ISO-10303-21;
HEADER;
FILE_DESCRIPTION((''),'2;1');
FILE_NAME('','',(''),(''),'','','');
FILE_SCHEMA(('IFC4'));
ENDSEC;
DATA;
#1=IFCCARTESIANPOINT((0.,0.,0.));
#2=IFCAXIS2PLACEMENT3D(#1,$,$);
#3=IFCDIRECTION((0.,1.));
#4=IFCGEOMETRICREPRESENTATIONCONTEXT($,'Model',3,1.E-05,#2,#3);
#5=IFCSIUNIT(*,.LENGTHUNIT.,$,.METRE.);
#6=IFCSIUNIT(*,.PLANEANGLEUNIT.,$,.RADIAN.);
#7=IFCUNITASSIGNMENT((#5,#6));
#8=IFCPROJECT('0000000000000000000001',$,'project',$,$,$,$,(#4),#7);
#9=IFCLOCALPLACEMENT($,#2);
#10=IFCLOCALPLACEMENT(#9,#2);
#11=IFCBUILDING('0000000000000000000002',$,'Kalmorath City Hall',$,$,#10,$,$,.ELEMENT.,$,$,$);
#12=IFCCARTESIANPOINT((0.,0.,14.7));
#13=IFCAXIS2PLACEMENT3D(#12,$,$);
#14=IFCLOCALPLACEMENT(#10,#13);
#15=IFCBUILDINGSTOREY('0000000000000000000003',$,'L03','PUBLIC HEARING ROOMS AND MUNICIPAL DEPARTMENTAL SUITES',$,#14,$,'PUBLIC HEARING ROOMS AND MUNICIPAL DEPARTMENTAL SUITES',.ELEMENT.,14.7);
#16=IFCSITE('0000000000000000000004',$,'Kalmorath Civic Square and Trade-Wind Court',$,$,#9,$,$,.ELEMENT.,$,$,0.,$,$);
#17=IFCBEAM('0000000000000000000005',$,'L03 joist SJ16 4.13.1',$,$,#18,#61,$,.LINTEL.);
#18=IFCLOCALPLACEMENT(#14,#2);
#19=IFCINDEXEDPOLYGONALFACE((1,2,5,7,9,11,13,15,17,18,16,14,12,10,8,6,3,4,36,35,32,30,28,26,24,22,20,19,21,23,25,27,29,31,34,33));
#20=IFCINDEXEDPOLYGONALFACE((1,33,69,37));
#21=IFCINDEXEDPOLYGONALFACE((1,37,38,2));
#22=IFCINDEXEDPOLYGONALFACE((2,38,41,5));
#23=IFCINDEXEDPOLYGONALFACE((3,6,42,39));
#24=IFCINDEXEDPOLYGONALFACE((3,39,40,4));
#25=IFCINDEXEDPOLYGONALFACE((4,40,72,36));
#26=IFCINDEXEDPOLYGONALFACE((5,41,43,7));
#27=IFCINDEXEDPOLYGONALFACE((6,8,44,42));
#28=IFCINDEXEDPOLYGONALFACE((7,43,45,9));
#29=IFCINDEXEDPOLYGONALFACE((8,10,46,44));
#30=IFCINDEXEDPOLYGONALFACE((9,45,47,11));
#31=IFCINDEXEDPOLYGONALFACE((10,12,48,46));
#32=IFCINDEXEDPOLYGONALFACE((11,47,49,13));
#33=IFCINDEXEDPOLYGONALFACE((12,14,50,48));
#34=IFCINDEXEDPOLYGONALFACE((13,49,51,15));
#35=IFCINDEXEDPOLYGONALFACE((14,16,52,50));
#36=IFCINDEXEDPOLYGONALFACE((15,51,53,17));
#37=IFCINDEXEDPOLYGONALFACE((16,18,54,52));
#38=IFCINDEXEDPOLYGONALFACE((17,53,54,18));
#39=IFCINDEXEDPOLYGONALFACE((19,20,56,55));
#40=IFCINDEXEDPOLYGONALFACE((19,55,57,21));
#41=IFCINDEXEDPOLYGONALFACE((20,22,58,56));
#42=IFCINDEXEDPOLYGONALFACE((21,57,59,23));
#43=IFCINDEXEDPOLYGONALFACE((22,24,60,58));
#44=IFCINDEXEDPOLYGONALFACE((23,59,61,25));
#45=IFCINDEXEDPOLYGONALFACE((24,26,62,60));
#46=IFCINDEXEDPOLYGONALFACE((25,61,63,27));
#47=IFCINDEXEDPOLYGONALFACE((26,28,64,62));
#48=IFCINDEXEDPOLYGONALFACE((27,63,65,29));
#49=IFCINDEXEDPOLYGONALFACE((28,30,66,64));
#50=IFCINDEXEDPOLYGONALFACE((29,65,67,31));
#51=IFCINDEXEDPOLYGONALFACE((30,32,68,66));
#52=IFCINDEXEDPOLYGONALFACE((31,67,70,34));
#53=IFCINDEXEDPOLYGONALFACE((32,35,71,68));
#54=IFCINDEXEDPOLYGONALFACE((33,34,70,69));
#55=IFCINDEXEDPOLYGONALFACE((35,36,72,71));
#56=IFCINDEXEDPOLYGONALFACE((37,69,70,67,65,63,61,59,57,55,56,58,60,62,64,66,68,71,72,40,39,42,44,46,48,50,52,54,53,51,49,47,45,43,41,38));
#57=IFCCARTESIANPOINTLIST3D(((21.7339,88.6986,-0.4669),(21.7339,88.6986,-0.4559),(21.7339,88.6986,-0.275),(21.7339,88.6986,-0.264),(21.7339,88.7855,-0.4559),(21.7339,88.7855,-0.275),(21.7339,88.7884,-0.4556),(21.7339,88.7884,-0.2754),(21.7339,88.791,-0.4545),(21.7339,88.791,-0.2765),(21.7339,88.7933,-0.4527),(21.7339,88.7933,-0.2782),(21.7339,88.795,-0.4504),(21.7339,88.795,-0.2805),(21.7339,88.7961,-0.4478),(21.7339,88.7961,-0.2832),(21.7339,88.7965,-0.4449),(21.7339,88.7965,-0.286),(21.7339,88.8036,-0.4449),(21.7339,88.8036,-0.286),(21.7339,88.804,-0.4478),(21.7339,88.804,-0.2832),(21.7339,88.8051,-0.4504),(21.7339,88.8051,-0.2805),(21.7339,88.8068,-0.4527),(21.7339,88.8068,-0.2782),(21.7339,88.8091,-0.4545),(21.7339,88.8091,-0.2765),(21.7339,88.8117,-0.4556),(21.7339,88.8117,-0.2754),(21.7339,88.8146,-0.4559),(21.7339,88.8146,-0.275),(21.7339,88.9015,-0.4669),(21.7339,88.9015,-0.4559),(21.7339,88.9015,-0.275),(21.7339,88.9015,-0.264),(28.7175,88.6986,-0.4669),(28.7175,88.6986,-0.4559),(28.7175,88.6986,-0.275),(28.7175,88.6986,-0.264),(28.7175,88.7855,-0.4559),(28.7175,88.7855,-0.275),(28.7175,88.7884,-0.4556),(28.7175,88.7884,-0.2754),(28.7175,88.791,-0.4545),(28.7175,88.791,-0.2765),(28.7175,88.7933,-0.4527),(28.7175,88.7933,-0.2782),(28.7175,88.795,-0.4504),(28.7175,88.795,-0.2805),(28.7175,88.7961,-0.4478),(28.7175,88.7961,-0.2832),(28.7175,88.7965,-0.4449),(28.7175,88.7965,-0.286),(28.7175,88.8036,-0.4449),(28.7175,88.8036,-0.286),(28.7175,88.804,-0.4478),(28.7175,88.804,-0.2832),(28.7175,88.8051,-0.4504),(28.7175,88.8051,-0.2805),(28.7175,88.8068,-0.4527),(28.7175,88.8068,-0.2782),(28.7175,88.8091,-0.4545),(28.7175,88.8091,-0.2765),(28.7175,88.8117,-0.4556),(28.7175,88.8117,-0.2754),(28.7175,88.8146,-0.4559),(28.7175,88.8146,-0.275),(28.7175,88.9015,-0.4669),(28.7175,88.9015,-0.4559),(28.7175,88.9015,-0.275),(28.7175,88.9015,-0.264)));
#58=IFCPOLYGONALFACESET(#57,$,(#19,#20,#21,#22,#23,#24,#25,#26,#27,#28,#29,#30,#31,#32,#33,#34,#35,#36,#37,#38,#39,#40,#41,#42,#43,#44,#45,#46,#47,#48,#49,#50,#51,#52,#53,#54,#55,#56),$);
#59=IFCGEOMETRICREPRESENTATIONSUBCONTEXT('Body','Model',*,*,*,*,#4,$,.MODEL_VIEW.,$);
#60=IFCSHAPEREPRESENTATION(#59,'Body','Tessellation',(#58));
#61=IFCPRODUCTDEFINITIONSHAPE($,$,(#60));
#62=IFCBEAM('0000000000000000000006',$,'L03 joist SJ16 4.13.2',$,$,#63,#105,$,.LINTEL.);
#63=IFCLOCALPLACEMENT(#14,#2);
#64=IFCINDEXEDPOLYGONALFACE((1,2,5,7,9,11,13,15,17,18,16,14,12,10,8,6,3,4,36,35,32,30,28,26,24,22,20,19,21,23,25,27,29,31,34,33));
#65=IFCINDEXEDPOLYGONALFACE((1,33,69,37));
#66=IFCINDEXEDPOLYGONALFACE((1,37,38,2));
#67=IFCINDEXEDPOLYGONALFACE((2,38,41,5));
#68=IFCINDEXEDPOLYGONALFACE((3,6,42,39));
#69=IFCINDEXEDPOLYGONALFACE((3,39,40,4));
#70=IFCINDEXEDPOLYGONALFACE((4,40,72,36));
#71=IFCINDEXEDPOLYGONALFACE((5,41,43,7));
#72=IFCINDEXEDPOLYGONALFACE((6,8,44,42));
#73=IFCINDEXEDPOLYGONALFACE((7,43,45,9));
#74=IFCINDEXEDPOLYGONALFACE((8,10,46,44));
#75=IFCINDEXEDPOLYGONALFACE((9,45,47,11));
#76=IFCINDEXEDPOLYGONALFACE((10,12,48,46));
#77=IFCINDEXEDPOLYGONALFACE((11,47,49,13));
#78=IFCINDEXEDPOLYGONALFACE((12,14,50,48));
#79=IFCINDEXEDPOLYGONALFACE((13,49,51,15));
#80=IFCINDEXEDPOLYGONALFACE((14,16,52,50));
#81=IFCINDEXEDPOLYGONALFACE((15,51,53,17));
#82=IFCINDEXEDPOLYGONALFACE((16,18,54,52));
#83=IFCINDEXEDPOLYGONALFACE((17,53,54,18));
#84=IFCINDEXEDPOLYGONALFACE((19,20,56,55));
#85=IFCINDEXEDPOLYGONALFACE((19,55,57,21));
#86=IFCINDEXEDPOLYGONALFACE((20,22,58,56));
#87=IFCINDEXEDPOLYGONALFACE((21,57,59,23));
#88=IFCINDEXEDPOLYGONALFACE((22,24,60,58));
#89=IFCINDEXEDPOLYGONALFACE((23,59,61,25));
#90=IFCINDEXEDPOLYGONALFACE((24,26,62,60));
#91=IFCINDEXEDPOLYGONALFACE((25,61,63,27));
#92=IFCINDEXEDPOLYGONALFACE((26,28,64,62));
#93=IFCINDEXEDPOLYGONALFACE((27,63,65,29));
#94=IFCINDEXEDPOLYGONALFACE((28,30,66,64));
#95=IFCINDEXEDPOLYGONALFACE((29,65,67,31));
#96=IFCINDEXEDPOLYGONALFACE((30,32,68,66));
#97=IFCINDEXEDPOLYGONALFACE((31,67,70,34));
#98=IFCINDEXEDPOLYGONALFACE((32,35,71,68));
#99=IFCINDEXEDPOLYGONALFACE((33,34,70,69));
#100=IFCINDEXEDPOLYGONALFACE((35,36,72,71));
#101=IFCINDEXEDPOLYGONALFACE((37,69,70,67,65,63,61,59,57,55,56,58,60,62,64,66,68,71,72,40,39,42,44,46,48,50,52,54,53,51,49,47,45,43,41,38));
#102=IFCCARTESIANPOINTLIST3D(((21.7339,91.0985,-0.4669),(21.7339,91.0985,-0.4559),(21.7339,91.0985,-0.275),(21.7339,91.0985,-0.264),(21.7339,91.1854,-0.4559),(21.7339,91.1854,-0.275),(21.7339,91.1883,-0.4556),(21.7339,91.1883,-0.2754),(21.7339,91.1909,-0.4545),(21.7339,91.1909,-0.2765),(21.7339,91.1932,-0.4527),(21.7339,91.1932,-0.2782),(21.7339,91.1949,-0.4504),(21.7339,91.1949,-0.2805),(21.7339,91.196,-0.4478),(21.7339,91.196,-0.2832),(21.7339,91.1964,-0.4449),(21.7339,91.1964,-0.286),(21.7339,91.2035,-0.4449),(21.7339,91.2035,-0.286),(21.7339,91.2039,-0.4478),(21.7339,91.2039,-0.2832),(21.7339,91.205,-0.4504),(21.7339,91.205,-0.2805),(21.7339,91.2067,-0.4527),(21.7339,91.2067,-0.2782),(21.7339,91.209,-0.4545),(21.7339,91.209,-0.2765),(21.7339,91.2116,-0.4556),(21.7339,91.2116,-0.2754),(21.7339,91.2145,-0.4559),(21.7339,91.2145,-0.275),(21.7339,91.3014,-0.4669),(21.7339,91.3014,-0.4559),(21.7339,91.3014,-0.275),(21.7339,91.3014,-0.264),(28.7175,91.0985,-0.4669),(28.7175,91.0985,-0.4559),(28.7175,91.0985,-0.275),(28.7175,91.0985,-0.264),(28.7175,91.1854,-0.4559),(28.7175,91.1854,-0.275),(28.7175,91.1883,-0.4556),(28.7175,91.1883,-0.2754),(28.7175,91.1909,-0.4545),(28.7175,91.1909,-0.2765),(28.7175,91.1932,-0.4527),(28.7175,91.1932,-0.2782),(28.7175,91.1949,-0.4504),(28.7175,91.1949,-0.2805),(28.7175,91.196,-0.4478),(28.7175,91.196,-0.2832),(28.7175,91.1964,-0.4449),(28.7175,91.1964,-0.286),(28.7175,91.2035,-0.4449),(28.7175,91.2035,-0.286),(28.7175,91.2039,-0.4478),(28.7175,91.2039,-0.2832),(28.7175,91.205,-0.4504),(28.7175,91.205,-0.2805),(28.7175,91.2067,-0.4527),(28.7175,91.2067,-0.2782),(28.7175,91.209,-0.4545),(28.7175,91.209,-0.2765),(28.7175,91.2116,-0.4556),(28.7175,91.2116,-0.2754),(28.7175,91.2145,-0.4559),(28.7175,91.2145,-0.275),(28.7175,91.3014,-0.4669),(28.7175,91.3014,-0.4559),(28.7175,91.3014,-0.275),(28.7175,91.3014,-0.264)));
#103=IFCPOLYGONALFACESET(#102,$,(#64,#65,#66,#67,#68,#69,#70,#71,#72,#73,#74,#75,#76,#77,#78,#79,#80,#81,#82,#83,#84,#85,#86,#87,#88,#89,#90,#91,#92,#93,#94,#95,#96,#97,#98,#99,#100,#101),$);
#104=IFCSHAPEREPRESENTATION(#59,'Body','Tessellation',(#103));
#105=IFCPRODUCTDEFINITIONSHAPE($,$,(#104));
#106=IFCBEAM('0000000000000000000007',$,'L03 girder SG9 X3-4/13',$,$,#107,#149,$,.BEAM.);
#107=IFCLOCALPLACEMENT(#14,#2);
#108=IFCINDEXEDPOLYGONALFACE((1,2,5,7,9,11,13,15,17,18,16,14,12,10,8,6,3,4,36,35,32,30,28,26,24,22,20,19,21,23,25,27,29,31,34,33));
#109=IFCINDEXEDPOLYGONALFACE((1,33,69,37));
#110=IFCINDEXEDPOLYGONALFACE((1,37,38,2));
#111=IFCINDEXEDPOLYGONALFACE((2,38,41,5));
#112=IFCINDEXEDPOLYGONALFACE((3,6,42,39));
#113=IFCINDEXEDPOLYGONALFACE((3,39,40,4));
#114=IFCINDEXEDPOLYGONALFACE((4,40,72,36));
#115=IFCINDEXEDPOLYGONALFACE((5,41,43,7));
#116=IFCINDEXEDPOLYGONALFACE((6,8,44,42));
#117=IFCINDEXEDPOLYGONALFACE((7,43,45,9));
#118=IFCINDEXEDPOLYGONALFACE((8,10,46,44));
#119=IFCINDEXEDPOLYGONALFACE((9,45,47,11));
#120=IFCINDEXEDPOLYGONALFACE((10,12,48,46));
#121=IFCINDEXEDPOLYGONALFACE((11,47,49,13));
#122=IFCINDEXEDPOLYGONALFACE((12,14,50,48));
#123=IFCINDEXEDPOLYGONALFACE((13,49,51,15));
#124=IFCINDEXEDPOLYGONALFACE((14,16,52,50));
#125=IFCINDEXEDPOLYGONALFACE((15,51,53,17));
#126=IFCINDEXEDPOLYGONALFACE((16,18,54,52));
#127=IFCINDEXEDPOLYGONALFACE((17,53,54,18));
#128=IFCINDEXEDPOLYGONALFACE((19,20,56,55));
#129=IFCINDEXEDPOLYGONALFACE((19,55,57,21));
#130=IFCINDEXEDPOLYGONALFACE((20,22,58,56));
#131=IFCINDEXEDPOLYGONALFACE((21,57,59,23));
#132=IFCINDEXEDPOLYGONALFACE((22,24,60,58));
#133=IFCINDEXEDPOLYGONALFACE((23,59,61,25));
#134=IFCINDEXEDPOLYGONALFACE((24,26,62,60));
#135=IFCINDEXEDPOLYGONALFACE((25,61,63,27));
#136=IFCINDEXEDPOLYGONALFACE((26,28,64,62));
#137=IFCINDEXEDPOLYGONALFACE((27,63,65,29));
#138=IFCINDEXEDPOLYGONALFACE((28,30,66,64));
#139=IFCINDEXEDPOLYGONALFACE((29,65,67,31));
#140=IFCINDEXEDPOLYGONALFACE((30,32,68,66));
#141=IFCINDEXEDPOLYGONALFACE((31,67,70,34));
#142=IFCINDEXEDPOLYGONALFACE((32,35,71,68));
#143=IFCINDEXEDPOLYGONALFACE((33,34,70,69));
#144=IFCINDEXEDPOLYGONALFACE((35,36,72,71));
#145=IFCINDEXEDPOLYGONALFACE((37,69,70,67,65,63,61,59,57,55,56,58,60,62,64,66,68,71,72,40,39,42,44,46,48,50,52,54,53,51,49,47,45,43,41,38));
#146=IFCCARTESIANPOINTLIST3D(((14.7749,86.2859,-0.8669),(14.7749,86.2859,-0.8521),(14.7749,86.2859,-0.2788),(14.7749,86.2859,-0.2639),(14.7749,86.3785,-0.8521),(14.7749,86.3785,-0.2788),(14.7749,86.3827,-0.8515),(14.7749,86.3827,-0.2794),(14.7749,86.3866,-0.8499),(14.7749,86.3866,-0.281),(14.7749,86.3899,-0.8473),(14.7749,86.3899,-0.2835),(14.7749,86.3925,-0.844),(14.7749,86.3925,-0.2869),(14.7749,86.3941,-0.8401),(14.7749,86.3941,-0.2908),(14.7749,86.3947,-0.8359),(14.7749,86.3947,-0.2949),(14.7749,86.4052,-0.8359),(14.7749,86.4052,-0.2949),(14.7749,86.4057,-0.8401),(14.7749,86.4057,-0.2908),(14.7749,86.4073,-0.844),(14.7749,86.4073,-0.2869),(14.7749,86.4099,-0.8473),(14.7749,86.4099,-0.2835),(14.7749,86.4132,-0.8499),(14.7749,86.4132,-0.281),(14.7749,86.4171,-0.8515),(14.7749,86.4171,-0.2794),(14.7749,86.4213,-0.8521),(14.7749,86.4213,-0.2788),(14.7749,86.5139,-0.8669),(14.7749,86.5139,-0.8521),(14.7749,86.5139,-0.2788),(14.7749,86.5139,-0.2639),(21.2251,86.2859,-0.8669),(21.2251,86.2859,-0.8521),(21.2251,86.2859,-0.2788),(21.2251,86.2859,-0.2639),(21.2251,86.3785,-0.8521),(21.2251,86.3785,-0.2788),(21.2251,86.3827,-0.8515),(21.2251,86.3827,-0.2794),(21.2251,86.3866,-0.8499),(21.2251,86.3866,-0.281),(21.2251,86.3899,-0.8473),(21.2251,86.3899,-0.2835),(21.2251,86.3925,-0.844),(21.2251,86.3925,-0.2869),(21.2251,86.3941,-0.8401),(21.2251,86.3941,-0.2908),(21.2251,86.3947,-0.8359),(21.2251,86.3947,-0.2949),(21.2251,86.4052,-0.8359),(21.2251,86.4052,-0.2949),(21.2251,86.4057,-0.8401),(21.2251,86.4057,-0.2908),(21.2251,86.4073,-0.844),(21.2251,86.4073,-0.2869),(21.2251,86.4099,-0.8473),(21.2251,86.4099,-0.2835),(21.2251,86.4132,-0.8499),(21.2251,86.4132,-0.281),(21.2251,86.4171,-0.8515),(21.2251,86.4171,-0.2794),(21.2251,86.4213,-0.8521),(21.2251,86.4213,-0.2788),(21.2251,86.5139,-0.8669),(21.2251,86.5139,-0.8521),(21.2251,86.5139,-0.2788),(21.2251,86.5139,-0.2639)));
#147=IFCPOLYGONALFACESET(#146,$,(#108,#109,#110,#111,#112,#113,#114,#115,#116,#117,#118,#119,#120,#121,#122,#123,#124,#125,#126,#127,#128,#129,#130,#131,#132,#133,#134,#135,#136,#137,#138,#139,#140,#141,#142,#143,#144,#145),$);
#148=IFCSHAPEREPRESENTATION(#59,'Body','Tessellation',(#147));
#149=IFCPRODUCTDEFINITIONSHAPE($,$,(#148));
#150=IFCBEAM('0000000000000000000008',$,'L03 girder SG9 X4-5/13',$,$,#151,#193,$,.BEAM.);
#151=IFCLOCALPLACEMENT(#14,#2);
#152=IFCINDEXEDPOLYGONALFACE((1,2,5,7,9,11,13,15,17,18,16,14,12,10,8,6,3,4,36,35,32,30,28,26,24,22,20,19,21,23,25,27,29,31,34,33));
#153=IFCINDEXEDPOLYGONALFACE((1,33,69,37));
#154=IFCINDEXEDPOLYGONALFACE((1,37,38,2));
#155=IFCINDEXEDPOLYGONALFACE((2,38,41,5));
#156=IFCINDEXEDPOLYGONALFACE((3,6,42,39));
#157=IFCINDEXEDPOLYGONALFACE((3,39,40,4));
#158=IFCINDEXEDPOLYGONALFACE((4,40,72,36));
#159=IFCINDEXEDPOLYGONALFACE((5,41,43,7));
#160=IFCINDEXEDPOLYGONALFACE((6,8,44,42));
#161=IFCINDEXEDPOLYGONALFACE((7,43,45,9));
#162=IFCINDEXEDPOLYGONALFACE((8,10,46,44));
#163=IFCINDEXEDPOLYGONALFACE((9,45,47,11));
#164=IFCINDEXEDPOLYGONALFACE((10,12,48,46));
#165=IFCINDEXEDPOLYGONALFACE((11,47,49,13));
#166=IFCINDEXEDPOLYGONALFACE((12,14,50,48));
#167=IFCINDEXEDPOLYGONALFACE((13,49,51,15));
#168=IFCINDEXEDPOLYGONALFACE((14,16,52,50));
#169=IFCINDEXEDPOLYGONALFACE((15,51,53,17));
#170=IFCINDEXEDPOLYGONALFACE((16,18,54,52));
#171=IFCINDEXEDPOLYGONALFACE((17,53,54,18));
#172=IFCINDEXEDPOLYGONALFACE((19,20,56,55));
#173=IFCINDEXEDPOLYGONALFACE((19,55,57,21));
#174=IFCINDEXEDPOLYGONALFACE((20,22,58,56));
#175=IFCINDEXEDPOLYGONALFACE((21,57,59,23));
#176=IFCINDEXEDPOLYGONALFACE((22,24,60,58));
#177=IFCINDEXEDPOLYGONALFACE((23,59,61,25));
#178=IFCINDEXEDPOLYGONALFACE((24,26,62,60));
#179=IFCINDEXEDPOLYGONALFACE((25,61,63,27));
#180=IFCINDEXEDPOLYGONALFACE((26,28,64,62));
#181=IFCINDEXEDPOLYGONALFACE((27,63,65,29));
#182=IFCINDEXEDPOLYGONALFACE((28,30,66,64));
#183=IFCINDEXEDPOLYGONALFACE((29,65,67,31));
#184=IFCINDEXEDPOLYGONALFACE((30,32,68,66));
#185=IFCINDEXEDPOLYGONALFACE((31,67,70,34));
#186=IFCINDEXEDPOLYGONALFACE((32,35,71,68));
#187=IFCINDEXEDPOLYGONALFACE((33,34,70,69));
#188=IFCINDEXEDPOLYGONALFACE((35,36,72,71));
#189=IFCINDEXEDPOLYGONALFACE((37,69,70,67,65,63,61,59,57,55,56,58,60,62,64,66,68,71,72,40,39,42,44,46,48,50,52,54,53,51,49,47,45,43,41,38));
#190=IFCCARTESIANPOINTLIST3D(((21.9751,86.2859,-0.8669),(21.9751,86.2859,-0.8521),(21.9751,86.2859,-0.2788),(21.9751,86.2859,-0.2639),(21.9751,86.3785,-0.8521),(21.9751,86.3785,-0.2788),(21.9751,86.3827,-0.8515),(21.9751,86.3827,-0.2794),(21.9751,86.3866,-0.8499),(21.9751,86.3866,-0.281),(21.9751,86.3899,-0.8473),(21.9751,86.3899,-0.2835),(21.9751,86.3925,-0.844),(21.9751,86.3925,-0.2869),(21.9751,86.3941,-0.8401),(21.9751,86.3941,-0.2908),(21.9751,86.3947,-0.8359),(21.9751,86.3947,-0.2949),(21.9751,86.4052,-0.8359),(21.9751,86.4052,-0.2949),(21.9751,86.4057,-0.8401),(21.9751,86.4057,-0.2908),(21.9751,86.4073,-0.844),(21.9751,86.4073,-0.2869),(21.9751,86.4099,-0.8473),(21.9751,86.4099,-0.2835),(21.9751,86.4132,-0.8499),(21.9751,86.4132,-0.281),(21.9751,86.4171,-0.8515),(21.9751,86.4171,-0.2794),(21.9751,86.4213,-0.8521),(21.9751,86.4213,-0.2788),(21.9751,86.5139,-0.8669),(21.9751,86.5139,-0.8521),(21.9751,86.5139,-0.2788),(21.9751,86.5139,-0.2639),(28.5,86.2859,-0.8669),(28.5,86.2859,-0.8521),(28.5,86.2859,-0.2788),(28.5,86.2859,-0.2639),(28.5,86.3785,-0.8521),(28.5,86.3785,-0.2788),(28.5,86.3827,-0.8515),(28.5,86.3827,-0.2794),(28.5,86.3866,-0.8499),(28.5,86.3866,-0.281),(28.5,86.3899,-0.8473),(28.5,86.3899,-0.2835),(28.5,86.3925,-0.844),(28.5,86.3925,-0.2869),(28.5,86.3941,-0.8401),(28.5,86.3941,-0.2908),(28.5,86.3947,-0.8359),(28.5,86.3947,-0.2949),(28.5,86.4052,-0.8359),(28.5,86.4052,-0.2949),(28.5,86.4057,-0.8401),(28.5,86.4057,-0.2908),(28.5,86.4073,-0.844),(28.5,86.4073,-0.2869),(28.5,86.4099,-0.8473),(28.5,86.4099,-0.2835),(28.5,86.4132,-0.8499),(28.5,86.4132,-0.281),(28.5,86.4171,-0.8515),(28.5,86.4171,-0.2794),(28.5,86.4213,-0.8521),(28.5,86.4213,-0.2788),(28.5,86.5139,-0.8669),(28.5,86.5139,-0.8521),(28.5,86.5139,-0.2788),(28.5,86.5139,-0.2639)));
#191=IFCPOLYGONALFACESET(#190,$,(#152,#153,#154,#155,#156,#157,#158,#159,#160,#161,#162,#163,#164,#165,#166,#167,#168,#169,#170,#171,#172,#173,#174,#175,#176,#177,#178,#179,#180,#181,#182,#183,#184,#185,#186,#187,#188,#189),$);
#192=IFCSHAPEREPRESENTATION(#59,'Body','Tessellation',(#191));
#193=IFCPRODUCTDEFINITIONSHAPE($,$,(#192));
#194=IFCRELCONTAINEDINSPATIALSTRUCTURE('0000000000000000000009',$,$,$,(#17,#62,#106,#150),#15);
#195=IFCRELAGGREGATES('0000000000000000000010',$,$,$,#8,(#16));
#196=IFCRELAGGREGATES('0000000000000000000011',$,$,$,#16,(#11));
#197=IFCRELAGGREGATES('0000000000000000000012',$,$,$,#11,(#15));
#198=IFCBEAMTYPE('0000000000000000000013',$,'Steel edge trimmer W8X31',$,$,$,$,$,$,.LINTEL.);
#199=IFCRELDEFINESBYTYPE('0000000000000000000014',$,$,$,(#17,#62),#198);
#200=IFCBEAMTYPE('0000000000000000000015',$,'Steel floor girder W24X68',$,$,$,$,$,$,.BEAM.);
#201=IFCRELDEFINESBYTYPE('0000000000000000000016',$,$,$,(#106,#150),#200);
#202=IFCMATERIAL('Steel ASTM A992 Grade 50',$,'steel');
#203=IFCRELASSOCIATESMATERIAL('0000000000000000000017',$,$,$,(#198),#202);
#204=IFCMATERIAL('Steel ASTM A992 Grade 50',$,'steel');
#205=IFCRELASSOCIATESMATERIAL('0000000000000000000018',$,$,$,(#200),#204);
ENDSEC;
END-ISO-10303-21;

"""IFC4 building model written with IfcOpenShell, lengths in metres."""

from ifc_helpers import new_model, si_unit, direction, frame, origin, origin_2d, place, context, subcontext, project, spatial, i_section, extrude, material, material_profile, profile_set, type_object, element, save


model = new_model("IFC4")

# Units and contexts
model_context = context("Model", 3, precision=1e-05, world=origin(), true_north=direction((0.0, 1.0)))
body_context = subcontext(model_context, "Body", "Model", "MODEL_VIEW")
ifc_project = project(units=[si_unit("LENGTHUNIT", "METRE"), si_unit("PLANEANGLEUNIT", "RADIAN")], contexts=[model_context])

# Site, building, storey
site_placement = place(None, origin())
site = spatial("IfcSite", under=ifc_project, at=site_placement, Name="Kalmorath Civic Square and Trade-Wind Court", CompositionType="ELEMENT", RefElevation=0.0)
building_placement = place(site_placement, origin())
building = spatial("IfcBuilding", under=site, at=building_placement, Name="Kalmorath City Hall", CompositionType="ELEMENT")
storey_placement = place(building_placement, frame((0.0, 0.0, 14.7)))
storey = spatial("IfcBuildingStorey", under=building, at=storey_placement, Name="L03", Description="PUBLIC HEARING ROOMS AND MUNICIPAL DEPARTMENTAL SUITES", LongName="PUBLIC HEARING ROOMS AND MUNICIPAL DEPARTMENTAL SUITES", CompositionType="ELEMENT", Elevation=14.7)

# Beams
ifc_material_1 = material(Name="Steel ASTM A992 Grade 50", Category="steel")
ifc_material_profile_1 = material_profile(ifc_material_1, i_section(OverallWidth=0.2029, OverallDepth=0.2029, WebThickness=0.0071, FlangeThickness=0.011, FilletRadius=0.011, at=origin_2d()), Name="W8X31")
ifc_profile_set_1 = profile_set([ifc_material_profile_1], Name="Steel ASTM A992 Grade 50")
beam_type_1 = type_object("IfcBeamType", Name="Steel edge trimmer W8X31", PredefinedType="LINTEL", material=ifc_profile_set_1)
for number, where, z_axis, x_axis, name in (
    (1, (21.7339, 88.8, -0.3655), (1.0, 0.0, 0.0), (0.0, 1.0, 0.0), "L03 joist SJ16 4.13.1"),
    (2, (21.7339, 91.2, -0.3655), (1.0, 0.0, 0.0), (0.0, 1.0, 0.0), "L03 joist SJ16 4.13.2"),
):
    element("IfcBeam", number, at=place(storey_placement, frame(where, z_axis=z_axis, x_axis=x_axis)), inside=storey, type_object=beam_type_1, Name=name, PredefinedType="LINTEL", context=body_context, shape_type="SweptSolid", body=[
        extrude(i_section(OverallWidth=0.2029, OverallDepth=0.2029, WebThickness=0.0071, FlangeThickness=0.011, FilletRadius=0.011, at=origin_2d()), origin(), (0.0, 0.0, 1.0), 6.9836),
    ])
ifc_material_2 = material(Name="Steel ASTM A992 Grade 50", Category="steel")
ifc_material_profile_2 = material_profile(ifc_material_2, i_section(OverallWidth=0.228, OverallDepth=0.603, WebThickness=0.0105, FlangeThickness=0.0149, FilletRadius=0.0161, at=origin_2d()), Name="W24X68")
ifc_profile_set_2 = profile_set([ifc_material_profile_2], Name="Steel ASTM A992 Grade 50")
beam_type_2 = type_object("IfcBeamType", Name="Steel floor girder W24X68", PredefinedType="BEAM", material=ifc_profile_set_2)
beam_1_placement = place(storey_placement, frame((14.7749, 86.3999, -0.5654), z_axis=(1.0, 0.0, 0.0), x_axis=(0.0, 1.0, 0.0)))
element("IfcBeam", 3, at=beam_1_placement, inside=storey, type_object=beam_type_2, Name="L03 girder SG9 X3-4/13", PredefinedType="BEAM", context=body_context, shape_type="SweptSolid", body=[
    extrude(i_section(OverallWidth=0.228, OverallDepth=0.603, WebThickness=0.0105, FlangeThickness=0.0149, FilletRadius=0.0161, at=origin_2d()), origin(), (0.0, 0.0, 1.0), 6.4502),
])
beam_2_placement = place(storey_placement, frame((21.9751, 86.3999, -0.5654), z_axis=(1.0, 0.0, 0.0), x_axis=(0.0, 1.0, 0.0)))
element("IfcBeam", 4, at=beam_2_placement, inside=storey, type_object=beam_type_2, Name="L03 girder SG9 X4-5/13", PredefinedType="BEAM", context=body_context, shape_type="SweptSolid", body=[
    extrude(i_section(OverallWidth=0.228, OverallDepth=0.603, WebThickness=0.0105, FlangeThickness=0.0149, FilletRadius=0.0161, at=origin_2d()), origin(), (0.0, 0.0, 1.0), 6.5249),
])

save(model, "model.ifc")
